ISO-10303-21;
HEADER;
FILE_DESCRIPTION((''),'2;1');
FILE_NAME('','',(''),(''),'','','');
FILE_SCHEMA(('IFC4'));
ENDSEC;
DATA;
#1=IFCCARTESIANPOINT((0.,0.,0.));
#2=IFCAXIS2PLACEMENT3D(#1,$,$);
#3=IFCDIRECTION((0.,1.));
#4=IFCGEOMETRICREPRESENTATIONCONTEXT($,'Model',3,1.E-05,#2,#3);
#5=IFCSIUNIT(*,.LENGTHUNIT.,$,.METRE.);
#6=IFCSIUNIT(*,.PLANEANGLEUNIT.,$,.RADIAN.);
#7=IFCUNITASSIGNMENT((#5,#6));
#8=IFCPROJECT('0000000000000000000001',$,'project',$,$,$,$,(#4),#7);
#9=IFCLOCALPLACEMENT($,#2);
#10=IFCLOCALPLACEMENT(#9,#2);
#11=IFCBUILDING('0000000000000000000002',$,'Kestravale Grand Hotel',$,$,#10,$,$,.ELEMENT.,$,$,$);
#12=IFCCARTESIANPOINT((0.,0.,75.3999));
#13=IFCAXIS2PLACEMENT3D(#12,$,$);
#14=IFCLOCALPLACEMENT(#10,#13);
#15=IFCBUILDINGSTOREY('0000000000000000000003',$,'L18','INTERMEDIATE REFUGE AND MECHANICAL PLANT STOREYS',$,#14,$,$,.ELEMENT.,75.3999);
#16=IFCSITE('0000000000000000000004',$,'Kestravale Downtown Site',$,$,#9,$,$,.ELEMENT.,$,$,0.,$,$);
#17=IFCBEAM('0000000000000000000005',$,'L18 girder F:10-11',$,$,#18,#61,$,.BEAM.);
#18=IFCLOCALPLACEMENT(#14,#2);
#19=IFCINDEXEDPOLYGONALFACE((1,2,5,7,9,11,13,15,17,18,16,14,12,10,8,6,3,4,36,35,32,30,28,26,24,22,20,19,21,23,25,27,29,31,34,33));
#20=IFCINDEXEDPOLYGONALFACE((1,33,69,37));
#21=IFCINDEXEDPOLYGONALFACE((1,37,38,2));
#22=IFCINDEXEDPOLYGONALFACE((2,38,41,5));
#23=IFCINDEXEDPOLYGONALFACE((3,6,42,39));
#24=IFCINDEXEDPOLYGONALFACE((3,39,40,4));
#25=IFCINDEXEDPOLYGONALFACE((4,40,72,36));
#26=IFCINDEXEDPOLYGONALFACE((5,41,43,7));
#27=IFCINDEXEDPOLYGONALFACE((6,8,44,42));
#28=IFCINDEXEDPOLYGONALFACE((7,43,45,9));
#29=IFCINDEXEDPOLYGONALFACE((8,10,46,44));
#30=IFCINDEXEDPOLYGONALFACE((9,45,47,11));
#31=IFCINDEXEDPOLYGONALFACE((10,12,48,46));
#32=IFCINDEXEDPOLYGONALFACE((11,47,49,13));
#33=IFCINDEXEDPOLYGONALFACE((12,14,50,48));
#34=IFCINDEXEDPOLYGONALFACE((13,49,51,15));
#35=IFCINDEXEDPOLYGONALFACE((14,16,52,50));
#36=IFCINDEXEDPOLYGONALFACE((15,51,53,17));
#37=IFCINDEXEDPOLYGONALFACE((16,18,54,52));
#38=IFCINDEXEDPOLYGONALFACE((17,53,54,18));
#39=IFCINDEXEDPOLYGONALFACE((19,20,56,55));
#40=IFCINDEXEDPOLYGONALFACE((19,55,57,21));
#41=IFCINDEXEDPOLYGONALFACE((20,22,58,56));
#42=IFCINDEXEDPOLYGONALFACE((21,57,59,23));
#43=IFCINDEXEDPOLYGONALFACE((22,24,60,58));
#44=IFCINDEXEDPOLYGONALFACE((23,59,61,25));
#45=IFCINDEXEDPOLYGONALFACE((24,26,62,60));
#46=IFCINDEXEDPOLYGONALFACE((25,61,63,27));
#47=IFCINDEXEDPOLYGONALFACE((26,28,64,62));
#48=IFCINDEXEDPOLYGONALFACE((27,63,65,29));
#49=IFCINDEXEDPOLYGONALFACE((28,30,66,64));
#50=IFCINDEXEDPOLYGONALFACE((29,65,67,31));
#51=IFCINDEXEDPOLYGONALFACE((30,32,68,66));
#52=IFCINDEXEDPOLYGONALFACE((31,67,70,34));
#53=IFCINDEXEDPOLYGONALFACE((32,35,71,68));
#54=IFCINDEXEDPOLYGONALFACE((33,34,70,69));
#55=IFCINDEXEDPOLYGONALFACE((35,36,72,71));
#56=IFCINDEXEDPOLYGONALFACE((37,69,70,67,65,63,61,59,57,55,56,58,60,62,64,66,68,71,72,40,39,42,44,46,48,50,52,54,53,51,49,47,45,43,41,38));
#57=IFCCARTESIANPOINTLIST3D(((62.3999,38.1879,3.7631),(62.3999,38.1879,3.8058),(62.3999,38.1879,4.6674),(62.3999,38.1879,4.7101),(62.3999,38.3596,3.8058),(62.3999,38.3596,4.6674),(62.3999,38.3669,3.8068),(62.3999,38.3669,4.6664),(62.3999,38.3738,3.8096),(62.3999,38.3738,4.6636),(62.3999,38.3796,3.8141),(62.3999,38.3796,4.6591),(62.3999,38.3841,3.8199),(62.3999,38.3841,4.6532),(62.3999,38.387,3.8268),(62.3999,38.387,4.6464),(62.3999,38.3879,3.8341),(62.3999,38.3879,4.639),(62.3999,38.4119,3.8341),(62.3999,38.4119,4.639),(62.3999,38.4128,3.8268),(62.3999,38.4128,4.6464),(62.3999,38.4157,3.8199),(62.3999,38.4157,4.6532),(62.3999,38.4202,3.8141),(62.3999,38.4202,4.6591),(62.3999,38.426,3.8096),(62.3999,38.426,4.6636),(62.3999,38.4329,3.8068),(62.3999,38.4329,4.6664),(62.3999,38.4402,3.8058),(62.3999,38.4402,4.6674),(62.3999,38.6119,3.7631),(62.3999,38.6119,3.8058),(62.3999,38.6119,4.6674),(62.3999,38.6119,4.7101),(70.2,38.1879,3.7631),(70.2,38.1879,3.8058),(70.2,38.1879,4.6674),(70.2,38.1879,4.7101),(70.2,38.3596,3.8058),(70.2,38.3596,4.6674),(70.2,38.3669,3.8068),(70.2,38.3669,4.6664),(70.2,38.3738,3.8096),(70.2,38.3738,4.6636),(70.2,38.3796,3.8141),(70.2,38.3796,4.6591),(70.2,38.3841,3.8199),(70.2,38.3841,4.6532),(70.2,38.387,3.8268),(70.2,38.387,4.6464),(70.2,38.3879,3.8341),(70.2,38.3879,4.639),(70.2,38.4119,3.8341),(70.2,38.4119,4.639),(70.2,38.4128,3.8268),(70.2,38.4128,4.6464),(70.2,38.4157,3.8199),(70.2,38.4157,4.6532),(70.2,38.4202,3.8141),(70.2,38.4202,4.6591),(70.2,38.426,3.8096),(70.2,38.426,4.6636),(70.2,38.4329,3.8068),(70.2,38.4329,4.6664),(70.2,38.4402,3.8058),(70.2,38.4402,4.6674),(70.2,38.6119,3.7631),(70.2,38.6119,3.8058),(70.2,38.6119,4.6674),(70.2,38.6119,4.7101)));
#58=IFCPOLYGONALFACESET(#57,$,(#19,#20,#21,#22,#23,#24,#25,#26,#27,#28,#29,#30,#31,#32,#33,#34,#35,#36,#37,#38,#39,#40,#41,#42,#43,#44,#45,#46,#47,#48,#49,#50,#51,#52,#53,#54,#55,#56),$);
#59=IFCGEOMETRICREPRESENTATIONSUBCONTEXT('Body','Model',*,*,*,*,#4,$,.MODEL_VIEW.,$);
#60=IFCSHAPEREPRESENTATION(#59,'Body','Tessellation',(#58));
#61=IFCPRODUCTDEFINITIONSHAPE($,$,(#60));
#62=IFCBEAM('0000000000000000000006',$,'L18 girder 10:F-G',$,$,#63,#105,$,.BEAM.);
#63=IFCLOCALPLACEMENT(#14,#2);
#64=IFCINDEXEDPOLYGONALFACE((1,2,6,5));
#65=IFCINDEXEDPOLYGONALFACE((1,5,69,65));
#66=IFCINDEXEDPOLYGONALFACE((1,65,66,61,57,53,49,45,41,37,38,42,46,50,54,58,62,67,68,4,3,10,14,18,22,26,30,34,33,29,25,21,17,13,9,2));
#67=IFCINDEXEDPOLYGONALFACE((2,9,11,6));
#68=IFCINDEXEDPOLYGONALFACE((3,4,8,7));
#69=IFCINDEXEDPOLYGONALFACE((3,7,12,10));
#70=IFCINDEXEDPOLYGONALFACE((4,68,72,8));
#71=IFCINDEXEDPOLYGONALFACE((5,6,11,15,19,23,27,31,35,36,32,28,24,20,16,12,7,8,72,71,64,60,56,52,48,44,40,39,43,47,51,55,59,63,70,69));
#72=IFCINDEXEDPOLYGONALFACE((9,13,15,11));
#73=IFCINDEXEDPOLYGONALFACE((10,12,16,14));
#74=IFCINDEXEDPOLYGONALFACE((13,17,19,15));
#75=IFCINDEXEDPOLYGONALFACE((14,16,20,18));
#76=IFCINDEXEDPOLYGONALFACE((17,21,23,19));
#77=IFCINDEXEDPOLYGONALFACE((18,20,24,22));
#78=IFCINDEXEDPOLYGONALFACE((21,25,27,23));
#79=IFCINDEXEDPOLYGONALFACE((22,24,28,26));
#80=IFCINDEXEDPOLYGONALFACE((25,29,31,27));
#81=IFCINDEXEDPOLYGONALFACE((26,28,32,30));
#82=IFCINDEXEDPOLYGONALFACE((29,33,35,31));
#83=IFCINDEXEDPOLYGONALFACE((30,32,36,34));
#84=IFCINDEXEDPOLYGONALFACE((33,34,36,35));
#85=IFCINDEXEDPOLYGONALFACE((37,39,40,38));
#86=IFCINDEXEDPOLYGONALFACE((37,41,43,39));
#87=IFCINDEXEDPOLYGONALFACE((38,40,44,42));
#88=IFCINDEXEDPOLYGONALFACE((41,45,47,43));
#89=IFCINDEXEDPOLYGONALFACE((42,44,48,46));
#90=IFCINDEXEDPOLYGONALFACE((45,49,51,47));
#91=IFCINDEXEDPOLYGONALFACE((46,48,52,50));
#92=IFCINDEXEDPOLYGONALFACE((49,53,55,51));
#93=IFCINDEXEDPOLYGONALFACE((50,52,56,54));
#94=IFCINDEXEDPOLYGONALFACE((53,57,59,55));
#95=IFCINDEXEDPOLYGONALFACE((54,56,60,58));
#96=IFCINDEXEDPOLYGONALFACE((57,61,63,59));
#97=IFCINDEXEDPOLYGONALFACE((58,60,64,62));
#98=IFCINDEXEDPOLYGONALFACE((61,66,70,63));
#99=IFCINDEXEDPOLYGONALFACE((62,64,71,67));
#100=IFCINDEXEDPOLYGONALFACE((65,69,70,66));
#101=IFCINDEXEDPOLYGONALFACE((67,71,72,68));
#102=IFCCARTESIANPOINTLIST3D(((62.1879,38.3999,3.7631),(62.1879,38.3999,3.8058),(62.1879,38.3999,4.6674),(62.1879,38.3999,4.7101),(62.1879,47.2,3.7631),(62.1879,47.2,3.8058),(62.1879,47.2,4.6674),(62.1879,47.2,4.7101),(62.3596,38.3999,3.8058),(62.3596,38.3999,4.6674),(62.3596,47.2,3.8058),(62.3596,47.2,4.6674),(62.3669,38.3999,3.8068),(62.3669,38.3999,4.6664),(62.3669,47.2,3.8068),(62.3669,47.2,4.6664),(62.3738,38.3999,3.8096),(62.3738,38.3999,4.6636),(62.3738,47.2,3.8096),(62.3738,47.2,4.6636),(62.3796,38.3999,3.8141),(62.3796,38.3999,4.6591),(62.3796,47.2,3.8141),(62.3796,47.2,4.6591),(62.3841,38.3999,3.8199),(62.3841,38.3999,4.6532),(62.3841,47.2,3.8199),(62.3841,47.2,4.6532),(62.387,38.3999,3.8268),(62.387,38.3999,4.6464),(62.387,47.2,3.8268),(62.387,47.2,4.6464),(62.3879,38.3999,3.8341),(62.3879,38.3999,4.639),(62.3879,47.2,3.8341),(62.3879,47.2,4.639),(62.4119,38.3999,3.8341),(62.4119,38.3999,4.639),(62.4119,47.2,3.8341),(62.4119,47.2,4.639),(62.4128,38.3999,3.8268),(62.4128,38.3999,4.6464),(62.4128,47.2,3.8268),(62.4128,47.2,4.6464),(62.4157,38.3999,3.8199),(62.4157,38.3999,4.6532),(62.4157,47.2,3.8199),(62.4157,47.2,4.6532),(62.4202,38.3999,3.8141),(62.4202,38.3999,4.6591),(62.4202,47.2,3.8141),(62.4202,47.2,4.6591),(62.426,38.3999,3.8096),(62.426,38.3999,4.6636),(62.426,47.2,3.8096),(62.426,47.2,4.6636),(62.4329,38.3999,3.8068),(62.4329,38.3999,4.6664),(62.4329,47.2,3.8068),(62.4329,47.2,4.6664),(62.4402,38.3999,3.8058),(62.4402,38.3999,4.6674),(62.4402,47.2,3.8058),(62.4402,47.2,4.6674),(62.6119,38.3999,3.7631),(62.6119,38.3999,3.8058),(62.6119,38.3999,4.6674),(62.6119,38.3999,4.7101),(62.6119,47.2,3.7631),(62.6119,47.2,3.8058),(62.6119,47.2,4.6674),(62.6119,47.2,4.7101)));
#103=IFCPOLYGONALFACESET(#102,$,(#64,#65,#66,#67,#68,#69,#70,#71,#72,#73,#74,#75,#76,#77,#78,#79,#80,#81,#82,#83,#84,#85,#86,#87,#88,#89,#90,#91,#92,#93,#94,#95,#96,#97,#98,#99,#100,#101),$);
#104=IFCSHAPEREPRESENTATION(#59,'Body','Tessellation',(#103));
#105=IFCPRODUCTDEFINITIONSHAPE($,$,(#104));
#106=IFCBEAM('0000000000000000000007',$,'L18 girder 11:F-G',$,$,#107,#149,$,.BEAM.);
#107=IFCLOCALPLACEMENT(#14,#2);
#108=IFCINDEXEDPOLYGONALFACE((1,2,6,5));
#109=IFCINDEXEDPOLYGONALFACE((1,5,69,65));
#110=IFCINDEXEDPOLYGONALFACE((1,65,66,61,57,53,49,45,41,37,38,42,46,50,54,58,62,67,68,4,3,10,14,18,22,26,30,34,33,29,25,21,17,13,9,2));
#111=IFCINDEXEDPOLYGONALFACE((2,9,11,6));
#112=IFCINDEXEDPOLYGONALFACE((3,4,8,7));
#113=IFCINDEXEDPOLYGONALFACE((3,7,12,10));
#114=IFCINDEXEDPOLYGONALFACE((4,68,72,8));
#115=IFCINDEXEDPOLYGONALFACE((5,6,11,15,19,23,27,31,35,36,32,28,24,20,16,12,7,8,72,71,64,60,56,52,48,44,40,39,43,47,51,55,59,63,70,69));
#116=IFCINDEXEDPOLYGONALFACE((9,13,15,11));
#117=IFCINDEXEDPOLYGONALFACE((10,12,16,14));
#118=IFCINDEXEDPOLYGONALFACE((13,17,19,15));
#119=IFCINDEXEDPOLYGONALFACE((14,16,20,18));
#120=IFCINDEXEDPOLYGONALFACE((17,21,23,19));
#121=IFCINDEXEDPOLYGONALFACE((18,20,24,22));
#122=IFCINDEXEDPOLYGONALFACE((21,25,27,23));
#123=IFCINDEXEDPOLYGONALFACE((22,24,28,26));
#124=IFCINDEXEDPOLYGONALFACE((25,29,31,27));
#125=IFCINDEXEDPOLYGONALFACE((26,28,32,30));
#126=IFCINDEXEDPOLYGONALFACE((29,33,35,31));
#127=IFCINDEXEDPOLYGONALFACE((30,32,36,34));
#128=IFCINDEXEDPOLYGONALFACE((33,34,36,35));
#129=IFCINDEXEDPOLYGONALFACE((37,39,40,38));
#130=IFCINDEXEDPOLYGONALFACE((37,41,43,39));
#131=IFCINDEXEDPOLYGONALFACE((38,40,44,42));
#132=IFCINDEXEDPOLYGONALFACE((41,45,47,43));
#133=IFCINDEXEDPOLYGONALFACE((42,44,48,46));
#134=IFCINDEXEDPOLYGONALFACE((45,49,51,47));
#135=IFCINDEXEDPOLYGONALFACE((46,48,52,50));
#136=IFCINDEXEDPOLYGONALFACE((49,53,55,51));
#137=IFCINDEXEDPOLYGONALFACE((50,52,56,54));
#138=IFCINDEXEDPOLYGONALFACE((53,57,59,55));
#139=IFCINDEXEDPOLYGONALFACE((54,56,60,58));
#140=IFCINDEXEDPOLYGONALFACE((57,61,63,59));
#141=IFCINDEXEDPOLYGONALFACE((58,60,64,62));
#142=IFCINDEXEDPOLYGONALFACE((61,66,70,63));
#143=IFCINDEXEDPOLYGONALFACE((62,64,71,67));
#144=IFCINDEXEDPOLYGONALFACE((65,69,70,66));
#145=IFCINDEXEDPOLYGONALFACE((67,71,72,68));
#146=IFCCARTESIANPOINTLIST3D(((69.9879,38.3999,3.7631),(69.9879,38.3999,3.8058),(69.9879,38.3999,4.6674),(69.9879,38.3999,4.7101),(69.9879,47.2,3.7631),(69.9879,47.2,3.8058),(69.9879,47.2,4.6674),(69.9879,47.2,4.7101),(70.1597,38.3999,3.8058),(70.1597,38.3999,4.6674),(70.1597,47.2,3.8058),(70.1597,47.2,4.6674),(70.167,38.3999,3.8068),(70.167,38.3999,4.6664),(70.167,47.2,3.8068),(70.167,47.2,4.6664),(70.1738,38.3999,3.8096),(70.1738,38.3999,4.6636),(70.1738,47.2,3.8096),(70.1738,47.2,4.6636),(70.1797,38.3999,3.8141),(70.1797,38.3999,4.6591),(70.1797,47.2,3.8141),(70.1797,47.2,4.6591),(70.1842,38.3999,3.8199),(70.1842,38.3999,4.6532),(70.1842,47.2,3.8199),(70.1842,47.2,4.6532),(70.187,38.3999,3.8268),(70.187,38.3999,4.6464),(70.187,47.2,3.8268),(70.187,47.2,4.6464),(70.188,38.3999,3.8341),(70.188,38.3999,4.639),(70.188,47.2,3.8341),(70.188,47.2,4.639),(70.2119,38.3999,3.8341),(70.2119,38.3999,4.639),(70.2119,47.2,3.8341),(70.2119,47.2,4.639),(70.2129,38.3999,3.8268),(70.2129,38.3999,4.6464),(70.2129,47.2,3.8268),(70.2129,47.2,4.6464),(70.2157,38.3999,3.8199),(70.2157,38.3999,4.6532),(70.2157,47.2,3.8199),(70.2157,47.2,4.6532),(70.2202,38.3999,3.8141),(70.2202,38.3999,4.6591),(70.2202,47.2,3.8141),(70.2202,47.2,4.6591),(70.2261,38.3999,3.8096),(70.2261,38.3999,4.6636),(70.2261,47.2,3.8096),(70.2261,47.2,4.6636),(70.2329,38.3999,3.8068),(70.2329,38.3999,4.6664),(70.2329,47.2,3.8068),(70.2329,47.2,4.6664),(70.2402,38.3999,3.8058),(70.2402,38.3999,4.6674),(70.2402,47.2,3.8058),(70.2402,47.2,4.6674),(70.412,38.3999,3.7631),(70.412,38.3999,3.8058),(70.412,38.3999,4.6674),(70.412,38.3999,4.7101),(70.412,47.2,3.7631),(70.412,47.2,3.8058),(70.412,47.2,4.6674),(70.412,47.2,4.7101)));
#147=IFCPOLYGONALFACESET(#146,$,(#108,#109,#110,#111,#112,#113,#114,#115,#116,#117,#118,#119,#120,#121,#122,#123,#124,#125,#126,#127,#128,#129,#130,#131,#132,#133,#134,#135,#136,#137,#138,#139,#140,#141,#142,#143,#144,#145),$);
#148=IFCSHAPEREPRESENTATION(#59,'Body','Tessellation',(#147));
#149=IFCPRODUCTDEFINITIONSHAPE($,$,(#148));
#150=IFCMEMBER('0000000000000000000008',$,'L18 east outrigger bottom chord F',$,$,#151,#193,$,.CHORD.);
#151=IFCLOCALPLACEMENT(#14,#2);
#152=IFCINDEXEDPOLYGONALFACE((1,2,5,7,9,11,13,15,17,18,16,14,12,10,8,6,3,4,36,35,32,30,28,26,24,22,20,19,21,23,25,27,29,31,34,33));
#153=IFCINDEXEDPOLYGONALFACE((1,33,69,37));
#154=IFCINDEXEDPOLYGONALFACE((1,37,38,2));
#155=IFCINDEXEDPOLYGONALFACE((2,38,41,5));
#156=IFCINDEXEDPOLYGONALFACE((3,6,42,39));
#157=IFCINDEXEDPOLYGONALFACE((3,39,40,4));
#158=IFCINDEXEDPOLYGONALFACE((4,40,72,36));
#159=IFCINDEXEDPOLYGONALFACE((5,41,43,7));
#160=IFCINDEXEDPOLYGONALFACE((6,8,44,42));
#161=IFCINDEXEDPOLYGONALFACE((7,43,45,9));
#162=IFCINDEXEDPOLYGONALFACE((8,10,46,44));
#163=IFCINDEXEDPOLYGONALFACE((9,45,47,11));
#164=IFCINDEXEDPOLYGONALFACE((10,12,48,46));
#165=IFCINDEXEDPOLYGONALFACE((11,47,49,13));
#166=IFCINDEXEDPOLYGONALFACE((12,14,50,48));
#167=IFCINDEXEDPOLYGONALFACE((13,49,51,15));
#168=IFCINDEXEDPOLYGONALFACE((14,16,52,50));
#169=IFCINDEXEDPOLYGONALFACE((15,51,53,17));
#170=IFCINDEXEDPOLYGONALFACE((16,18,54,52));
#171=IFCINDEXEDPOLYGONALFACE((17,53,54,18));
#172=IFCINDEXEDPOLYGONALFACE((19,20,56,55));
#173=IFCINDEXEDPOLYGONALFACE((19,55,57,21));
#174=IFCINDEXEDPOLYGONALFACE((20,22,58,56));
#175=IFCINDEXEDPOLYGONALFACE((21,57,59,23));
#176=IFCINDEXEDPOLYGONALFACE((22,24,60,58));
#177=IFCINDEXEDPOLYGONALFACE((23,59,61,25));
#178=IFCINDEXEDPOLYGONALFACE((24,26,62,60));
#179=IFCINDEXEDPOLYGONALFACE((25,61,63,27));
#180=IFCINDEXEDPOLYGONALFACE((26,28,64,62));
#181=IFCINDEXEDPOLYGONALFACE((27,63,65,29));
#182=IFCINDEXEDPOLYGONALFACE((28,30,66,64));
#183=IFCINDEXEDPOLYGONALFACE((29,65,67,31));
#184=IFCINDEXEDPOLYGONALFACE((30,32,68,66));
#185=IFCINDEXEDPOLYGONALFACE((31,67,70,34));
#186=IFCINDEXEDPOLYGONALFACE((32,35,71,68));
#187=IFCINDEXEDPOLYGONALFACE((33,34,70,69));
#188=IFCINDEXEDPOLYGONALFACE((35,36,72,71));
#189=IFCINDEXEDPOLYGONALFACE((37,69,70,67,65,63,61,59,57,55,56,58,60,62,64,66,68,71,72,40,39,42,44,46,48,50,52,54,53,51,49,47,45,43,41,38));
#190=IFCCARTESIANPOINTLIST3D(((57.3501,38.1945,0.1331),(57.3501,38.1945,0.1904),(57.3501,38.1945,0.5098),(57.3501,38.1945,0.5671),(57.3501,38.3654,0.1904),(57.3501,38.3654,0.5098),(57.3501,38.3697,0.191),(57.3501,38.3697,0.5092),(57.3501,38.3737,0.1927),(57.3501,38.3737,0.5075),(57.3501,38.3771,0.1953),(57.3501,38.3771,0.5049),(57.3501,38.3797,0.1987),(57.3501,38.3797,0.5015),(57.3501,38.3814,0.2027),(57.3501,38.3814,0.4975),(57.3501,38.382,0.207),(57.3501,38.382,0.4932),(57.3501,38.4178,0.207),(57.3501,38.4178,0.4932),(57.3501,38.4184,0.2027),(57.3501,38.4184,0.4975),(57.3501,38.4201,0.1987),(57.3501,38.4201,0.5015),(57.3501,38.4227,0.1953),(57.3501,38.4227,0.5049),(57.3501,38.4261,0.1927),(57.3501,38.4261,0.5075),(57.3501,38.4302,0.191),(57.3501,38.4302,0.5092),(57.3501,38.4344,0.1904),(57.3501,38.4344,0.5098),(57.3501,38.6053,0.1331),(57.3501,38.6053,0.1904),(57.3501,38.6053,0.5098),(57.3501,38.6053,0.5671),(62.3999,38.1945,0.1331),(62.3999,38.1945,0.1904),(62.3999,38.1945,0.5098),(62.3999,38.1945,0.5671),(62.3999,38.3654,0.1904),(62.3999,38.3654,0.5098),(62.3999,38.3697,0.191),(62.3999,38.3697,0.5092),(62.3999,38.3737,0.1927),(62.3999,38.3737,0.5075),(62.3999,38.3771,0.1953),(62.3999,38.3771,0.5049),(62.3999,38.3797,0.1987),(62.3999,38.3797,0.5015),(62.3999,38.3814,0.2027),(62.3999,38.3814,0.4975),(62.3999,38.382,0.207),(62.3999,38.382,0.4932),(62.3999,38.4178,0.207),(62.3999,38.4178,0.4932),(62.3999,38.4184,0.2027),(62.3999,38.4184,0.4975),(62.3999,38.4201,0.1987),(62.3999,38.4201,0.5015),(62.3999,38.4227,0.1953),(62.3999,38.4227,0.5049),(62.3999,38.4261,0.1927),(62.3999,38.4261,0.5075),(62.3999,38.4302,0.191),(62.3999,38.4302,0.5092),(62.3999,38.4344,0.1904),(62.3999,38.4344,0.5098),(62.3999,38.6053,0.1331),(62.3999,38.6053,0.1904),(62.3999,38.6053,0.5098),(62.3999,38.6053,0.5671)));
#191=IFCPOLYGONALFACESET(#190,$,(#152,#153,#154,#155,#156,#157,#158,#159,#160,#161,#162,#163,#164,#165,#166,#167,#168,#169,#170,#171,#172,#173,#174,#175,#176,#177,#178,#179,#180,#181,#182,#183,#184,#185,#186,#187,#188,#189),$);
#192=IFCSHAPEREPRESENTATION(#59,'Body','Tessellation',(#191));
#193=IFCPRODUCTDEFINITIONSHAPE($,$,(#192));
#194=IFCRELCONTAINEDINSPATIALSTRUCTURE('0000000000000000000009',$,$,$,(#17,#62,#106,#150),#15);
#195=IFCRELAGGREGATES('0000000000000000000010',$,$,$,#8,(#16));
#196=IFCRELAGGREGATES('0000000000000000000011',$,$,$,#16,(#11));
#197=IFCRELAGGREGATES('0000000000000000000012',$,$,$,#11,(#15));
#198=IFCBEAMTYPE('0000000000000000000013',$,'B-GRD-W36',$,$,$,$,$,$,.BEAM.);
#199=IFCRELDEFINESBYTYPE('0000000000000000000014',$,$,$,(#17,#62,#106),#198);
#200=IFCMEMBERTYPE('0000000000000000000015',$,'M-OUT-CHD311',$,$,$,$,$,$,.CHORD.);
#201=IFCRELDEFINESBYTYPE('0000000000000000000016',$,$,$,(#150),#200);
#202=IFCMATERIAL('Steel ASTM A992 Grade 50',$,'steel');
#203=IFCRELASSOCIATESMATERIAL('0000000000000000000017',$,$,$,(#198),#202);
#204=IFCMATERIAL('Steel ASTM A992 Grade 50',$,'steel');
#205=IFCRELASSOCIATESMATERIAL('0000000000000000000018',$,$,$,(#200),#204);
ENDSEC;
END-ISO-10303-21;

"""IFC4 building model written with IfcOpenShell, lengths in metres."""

from ifc_helpers import new_model, si_unit, direction, frame, origin, origin_2d, place, context, subcontext, project, spatial, i_section, extrude, material, material_profile, profile_set, type_object, element, save


model = new_model("IFC4")

# Units and contexts
model_context = context("Model", 3, precision=1e-05, world=origin(), true_north=direction((0.0, 1.0)))
body_context = subcontext(model_context, "Body", "Model", "MODEL_VIEW")
ifc_project = project(units=[si_unit("LENGTHUNIT", "METRE"), si_unit("PLANEANGLEUNIT", "RADIAN")], contexts=[model_context])

# Site, building, storey
site_placement = place(None, origin())
site = spatial("IfcSite", under=ifc_project, at=site_placement, Name="Kestravale Downtown Site", CompositionType="ELEMENT", RefElevation=0.0)
building_placement = place(site_placement, origin())
building = spatial("IfcBuilding", under=site, at=building_placement, Name="Kestravale Grand Hotel", CompositionType="ELEMENT")
storey_placement = place(building_placement, frame((0.0, 0.0, 75.3999)))
storey = spatial("IfcBuildingStorey", under=building, at=storey_placement, Name="L18", Description="INTERMEDIATE REFUGE AND MECHANICAL PLANT STOREYS", CompositionType="ELEMENT", Elevation=75.3999)

# Beams
ifc_material_1 = material(Name="Steel ASTM A992 Grade 50", Category="steel")
ifc_material_profile_1 = material_profile(ifc_material_1, i_section(OverallWidth=0.4241, OverallDepth=0.947, WebThickness=0.0239, FlangeThickness=0.0427, FilletRadius=0.0283, at=origin_2d()))
ifc_profile_set_1 = profile_set([ifc_material_profile_1], Name="Steel ASTM A992 Grade 50")
beam_type_1 = type_object("IfcBeamType", Name="B-GRD-W36", PredefinedType="BEAM", material=ifc_profile_set_1)
beam_1_placement = place(storey_placement, frame((62.3999, 38.3999, 4.2366), z_axis=(1.0, 0.0, 0.0), x_axis=(0.0, 1.0, 0.0)))
element("IfcBeam", 1, at=beam_1_placement, inside=storey, type_object=beam_type_1, Name="L18 girder F:10-11", PredefinedType="BEAM", context=body_context, shape_type="SweptSolid", body=[
    extrude(i_section(OverallWidth=0.4241, OverallDepth=0.947, WebThickness=0.0239, FlangeThickness=0.0427, FilletRadius=0.0283, at=origin_2d()), origin(), (0.0, 0.0, 1.0), 7.8),
])
for number, where, z_axis, x_axis, name in (
    (2, (62.3999, 38.3999, 4.2366), (0.0, 1.0, 0.0), (-1.0, 0.0, 0.0), "L18 girder 10:F-G"),
    (3, (70.2, 38.3999, 4.2366), (0.0, 1.0, 0.0), (-1.0, 0.0, 0.0), "L18 girder 11:F-G"),
):
    element("IfcBeam", number, at=place(storey_placement, frame(where, z_axis=z_axis, x_axis=x_axis)), inside=storey, type_object=beam_type_1, Name=name, PredefinedType="BEAM", context=body_context, shape_type="SweptSolid", body=[
        extrude(i_section(OverallWidth=0.4241, OverallDepth=0.947, WebThickness=0.0239, FlangeThickness=0.0427, FilletRadius=0.0283, at=origin_2d()), origin(), (0.0, 0.0, 1.0), 8.8),
    ])

# Member
ifc_material_2 = material(Name="Steel ASTM A992 Grade 50", Category="steel")
ifc_material_profile_2 = material_profile(ifc_material_2, i_section(OverallWidth=0.4109, OverallDepth=0.4341, WebThickness=0.0359, FlangeThickness=0.0574, FilletRadius=0.0166, at=origin_2d()))
ifc_profile_set_2 = profile_set([ifc_material_profile_2], Name="Steel ASTM A992 Grade 50")
member_type_1 = type_object("IfcMemberType", Name="M-OUT-CHD311", PredefinedType="CHORD", material=ifc_profile_set_2)
member_placement = place(storey_placement, frame((57.3501, 38.3999, 0.3501), z_axis=(1.0, 0.0, 0.0), x_axis=(0.0, 1.0, 0.0)))
element("IfcMember", 4, at=member_placement, inside=storey, type_object=member_type_1, Name="L18 east outrigger bottom chord F", PredefinedType="CHORD", context=body_context, shape_type="SweptSolid", body=[
    extrude(i_section(OverallWidth=0.4109, OverallDepth=0.4341, WebThickness=0.0359, FlangeThickness=0.0574, FilletRadius=0.0166, at=origin_2d()), origin(), (0.0, 0.0, 1.0), 5.0498),
])

save(model, "model.ifc")
